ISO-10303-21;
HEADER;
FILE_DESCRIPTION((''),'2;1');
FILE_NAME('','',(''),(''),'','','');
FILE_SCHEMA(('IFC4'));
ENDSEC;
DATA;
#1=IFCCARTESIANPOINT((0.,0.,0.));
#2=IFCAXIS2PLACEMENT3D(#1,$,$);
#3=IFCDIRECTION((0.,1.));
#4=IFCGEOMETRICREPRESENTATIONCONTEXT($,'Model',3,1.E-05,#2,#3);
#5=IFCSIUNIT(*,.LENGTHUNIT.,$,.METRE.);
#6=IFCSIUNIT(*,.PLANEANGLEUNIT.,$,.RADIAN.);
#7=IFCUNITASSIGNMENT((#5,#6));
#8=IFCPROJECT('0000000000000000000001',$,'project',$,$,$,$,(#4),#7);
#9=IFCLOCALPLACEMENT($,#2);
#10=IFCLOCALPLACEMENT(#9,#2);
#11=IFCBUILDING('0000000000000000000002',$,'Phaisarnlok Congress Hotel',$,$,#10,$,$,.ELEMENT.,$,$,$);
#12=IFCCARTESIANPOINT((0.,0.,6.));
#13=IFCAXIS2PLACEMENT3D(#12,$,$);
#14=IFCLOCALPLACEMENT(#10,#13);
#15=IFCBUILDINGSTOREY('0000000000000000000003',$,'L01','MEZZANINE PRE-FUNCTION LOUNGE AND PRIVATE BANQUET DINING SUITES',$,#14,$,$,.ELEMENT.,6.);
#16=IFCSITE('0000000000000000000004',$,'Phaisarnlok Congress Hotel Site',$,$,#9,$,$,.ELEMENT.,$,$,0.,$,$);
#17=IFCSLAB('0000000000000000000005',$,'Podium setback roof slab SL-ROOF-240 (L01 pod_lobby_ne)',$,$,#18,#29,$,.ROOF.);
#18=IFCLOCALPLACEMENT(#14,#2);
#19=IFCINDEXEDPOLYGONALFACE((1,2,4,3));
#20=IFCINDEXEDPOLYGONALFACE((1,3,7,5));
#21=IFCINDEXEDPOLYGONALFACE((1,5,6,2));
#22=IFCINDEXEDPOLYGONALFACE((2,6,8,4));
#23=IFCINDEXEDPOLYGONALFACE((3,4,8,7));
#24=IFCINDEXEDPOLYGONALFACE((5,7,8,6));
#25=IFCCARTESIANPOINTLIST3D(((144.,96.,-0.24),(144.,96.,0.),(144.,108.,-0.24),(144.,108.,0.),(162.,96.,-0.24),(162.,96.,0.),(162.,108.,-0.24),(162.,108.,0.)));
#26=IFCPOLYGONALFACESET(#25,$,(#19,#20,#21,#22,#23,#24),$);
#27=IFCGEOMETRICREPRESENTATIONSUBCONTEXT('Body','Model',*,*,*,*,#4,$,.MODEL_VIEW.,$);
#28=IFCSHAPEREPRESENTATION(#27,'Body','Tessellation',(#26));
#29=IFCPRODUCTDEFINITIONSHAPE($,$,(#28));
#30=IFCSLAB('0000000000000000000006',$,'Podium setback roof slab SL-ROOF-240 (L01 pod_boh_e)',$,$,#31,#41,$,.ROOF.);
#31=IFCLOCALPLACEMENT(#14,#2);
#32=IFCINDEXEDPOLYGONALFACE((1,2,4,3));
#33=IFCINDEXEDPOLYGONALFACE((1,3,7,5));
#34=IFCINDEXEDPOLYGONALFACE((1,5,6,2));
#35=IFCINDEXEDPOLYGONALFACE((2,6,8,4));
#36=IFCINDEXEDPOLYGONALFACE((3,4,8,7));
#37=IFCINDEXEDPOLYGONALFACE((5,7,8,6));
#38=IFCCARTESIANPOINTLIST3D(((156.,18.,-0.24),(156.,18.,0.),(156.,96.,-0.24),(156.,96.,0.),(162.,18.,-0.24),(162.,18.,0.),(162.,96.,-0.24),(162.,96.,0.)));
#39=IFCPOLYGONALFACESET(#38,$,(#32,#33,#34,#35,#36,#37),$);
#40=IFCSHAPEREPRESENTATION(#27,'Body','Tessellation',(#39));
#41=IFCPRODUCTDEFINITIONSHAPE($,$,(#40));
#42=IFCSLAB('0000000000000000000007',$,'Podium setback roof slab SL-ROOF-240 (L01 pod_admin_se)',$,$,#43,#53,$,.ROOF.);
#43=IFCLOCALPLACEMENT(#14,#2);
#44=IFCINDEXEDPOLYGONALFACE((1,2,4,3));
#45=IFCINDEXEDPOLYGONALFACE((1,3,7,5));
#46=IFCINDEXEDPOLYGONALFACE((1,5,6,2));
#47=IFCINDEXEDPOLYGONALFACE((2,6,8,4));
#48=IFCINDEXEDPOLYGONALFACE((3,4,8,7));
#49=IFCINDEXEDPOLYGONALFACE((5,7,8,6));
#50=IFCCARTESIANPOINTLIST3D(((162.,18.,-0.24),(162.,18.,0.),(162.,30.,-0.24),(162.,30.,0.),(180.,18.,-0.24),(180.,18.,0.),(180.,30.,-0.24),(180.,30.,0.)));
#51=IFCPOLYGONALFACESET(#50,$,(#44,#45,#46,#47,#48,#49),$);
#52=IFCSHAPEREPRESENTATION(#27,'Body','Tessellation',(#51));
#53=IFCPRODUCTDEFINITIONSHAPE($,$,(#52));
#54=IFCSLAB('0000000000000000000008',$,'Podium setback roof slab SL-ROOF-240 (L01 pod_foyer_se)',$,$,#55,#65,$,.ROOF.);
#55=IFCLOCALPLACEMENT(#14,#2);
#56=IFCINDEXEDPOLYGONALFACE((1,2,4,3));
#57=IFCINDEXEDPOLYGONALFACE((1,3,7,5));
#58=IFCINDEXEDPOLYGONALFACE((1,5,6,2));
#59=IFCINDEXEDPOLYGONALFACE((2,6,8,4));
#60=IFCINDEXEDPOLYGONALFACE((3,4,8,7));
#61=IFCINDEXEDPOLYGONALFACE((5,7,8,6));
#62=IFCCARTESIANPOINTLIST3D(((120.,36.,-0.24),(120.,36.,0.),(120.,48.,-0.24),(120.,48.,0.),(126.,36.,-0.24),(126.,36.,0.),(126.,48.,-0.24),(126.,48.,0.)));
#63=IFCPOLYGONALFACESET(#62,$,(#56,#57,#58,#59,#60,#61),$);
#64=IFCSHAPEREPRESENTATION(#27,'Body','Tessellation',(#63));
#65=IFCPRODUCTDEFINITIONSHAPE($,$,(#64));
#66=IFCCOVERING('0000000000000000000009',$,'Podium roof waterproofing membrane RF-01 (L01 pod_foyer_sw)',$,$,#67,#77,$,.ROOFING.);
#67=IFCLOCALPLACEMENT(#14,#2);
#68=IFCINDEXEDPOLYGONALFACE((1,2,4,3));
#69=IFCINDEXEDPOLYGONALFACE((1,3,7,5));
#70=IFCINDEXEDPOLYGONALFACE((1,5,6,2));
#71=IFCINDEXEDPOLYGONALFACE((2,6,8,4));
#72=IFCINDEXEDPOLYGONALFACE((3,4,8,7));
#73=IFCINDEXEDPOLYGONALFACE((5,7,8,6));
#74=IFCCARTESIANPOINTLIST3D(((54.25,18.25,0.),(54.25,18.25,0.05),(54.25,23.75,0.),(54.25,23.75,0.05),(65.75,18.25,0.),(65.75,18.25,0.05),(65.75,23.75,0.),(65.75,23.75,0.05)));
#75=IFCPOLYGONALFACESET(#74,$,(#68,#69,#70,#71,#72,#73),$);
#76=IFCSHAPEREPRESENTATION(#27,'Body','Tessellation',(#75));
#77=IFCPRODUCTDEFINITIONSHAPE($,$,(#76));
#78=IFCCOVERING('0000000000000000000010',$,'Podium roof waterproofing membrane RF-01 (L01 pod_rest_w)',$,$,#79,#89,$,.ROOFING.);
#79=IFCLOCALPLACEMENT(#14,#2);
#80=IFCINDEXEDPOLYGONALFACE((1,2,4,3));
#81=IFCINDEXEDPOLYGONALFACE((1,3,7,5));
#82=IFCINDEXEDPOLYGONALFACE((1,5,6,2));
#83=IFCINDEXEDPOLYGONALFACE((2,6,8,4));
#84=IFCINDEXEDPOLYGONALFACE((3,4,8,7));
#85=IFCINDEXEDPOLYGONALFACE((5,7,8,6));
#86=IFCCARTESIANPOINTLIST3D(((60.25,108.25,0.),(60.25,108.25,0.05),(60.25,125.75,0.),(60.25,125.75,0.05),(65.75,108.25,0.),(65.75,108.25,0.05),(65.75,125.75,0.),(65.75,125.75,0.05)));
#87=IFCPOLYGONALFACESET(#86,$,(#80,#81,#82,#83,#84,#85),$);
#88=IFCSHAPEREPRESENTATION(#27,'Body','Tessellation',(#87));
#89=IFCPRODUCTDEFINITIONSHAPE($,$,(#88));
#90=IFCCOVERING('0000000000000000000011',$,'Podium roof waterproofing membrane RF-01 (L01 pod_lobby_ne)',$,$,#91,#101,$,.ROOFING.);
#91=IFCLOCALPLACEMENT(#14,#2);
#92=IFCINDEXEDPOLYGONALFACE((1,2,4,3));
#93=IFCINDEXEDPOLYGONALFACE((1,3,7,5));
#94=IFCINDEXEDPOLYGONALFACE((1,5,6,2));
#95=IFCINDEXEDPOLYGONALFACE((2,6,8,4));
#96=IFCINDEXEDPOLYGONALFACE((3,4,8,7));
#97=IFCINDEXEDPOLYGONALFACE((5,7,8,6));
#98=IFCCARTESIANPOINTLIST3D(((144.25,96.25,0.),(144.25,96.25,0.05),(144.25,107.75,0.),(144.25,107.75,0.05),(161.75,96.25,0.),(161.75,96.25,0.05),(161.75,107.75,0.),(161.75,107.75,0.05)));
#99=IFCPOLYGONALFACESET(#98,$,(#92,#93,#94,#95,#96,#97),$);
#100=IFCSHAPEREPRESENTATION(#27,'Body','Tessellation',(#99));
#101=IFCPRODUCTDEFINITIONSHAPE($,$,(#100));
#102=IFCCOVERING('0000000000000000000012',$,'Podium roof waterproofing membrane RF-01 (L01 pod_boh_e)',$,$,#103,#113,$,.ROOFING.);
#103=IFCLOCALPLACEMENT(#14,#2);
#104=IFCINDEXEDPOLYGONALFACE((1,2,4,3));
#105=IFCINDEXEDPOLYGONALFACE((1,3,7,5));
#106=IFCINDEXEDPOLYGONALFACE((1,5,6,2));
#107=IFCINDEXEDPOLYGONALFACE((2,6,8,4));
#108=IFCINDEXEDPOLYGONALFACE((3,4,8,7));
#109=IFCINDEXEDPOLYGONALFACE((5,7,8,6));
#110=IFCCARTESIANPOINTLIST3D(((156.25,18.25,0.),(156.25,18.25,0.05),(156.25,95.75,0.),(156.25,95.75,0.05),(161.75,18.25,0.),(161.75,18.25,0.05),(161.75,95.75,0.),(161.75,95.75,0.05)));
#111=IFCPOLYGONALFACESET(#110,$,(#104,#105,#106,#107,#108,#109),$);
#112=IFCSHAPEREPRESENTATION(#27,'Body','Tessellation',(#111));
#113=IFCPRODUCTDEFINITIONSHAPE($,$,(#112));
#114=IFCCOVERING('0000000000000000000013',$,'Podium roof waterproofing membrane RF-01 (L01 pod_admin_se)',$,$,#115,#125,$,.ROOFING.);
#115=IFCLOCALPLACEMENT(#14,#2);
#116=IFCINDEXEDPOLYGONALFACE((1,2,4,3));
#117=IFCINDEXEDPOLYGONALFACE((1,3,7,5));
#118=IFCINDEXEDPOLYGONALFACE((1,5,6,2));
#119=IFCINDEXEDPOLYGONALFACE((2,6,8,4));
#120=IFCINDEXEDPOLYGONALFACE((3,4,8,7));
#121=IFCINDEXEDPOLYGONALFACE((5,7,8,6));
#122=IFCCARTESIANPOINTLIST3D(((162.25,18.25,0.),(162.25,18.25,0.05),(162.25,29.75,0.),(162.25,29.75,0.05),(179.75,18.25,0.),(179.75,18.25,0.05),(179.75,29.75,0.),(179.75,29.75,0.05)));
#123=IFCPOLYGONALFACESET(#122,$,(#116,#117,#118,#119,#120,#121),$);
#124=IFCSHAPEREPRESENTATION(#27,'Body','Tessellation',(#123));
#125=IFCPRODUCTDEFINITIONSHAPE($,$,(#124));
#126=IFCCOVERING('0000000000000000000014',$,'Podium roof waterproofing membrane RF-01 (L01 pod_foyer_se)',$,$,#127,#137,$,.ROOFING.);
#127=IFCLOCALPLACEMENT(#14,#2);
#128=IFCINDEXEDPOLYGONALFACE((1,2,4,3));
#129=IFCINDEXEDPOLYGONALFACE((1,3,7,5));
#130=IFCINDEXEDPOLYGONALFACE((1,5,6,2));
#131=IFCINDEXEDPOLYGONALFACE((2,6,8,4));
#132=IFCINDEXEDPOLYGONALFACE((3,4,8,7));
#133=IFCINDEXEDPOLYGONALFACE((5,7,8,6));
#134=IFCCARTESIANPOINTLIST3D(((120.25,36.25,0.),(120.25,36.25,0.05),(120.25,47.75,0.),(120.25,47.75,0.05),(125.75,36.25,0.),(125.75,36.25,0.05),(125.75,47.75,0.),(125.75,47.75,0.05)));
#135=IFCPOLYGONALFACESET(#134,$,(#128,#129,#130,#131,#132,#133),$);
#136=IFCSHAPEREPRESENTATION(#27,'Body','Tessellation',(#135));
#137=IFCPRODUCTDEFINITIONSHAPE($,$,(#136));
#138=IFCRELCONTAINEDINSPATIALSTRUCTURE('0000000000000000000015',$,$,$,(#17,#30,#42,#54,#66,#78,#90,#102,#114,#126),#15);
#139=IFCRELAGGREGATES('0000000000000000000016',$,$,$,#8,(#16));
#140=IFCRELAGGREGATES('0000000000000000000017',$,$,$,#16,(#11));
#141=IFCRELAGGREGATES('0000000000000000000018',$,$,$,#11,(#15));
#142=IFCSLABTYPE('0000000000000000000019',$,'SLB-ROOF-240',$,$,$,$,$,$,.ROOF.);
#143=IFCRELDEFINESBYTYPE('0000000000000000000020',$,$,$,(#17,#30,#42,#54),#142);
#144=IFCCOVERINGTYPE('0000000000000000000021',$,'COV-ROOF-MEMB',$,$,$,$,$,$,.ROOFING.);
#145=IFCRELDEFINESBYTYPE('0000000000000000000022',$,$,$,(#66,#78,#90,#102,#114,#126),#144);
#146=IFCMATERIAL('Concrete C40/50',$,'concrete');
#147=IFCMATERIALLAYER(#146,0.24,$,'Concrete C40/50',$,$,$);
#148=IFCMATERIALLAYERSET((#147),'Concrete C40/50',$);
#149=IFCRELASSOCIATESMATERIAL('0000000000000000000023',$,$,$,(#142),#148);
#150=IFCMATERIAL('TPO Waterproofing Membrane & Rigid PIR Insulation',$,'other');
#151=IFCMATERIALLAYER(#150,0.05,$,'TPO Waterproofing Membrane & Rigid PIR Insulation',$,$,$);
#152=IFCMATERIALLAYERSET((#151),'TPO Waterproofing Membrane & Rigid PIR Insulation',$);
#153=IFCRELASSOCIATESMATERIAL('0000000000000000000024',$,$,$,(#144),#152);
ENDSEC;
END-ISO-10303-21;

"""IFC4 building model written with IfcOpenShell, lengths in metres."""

from ifc_helpers import new_model, si_unit, direction, frame, origin, place, context, subcontext, project, spatial, polyline, outline, extrude, material, layer, layer_set, type_object, element, save


model = new_model("IFC4")

# Units and contexts
model_context = context("Model", 3, precision=1e-05, world=origin(), true_north=direction((0.0, 1.0)))
body_context = subcontext(model_context, "Body", "Model", "MODEL_VIEW")
ifc_project = project(units=[si_unit("LENGTHUNIT", "METRE"), si_unit("PLANEANGLEUNIT", "RADIAN")], contexts=[model_context])

# Site, building, storey
site_placement = place(None, origin())
site = spatial("IfcSite", under=ifc_project, at=site_placement, Name="Phaisarnlok Congress Hotel Site", CompositionType="ELEMENT", RefElevation=0.0)
building_placement = place(site_placement, origin())
building = spatial("IfcBuilding", under=site, at=building_placement, Name="Phaisarnlok Congress Hotel", CompositionType="ELEMENT")
storey_placement = place(building_placement, frame((0.0, 0.0, 6.0)))
storey = spatial("IfcBuildingStorey", under=building, at=storey_placement, Name="L01", Description="MEZZANINE PRE-FUNCTION LOUNGE AND PRIVATE BANQUET DINING SUITES", CompositionType="ELEMENT", Elevation=6.0)

# Shared definitions
ifc_material_1 = material(Name="Concrete C40/50", Category="concrete")

# Slabs
ifc_layer_1 = layer(ifc_material_1, 0.24, Name="Concrete C40/50")
ifc_layer_set_1 = layer_set([ifc_layer_1], Name="Concrete C40/50")
slab_type_1 = type_object("IfcSlabType", Name="SLB-ROOF-240", PredefinedType="ROOF", material=ifc_layer_set_1)
slab_1_placement = place(storey_placement, frame((0.0, 0.0, -0.24)))
element("IfcSlab", 1, at=slab_1_placement, inside=storey, type_object=slab_type_1, Name="Podium setback roof slab SL-ROOF-240 (L01 pod_lobby_ne)", PredefinedType="ROOF", context=body_context, shape_type="SweptSolid", body=[
    extrude(outline(polyline([(144.0, 96.0), (162.0, 96.0), (162.0, 108.0), (144.0, 108.0), (144.0, 96.0)])), origin(), (0.0, 0.0, 1.0), 0.24),
])
slab_2_placement = place(storey_placement, frame((0.0, 0.0, -0.24)))
element("IfcSlab", 2, at=slab_2_placement, inside=storey, type_object=slab_type_1, Name="Podium setback roof slab SL-ROOF-240 (L01 pod_boh_e)", PredefinedType="ROOF", context=body_context, shape_type="SweptSolid", body=[
    extrude(outline(polyline([(156.0, 18.0), (162.0, 18.0), (162.0, 96.0), (156.0, 96.0), (156.0, 18.0)])), origin(), (0.0, 0.0, 1.0), 0.24),
])
slab_3_placement = place(storey_placement, frame((0.0, 0.0, -0.24)))
element("IfcSlab", 3, at=slab_3_placement, inside=storey, type_object=slab_type_1, Name="Podium setback roof slab SL-ROOF-240 (L01 pod_admin_se)", PredefinedType="ROOF", context=body_context, shape_type="SweptSolid", body=[
    extrude(outline(polyline([(162.0, 18.0), (180.0, 18.0), (180.0, 30.0), (162.0, 30.0), (162.0, 18.0)])), origin(), (0.0, 0.0, 1.0), 0.24),
])
slab_4_placement = place(storey_placement, frame((0.0, 0.0, -0.24)))
element("IfcSlab", 4, at=slab_4_placement, inside=storey, type_object=slab_type_1, Name="Podium setback roof slab SL-ROOF-240 (L01 pod_foyer_se)", PredefinedType="ROOF", context=body_context, shape_type="SweptSolid", body=[
    extrude(outline(polyline([(120.0, 36.0), (126.0, 36.0), (126.0, 48.0), (120.0, 48.0), (120.0, 36.0)])), origin(), (0.0, 0.0, 1.0), 0.24),
])

# Coverings
ifc_material_2 = material(Name="TPO Waterproofing Membrane & Rigid PIR Insulation", Category="other")
ifc_layer_2 = layer(ifc_material_2, 0.05, Name="TPO Waterproofing Membrane & Rigid PIR Insulation")
ifc_layer_set_2 = layer_set([ifc_layer_2], Name="TPO Waterproofing Membrane & Rigid PIR Insulation")
covering_type = type_object("IfcCoveringType", Name="COV-ROOF-MEMB", PredefinedType="ROOFING", material=ifc_layer_set_2)
covering_1_placement = place(storey_placement, origin())
element("IfcCovering", 5, at=covering_1_placement, inside=storey, type_object=covering_type, Name="Podium roof waterproofing membrane RF-01 (L01 pod_foyer_sw)", PredefinedType="ROOFING", context=body_context, shape_type="SweptSolid", body=[
    extrude(outline(polyline([(54.25, 18.25), (65.75, 18.25), (65.75, 23.75), (54.25, 23.75), (54.25, 18.25)])), origin(), (0.0, 0.0, 1.0), 0.05),
])
covering_2_placement = place(storey_placement, origin())
element("IfcCovering", 6, at=covering_2_placement, inside=storey, type_object=covering_type, Name="Podium roof waterproofing membrane RF-01 (L01 pod_rest_w)", PredefinedType="ROOFING", context=body_context, shape_type="SweptSolid", body=[
    extrude(outline(polyline([(60.25, 108.25), (65.75, 108.25), (65.75, 125.75), (60.25, 125.75), (60.25, 108.25)])), origin(), (0.0, 0.0, 1.0), 0.05),
])
covering_3_placement = place(storey_placement, origin())
element("IfcCovering", 7, at=covering_3_placement, inside=storey, type_object=covering_type, Name="Podium roof waterproofing membrane RF-01 (L01 pod_lobby_ne)", PredefinedType="ROOFING", context=body_context, shape_type="SweptSolid", body=[
    extrude(outline(polyline([(144.25, 96.25), (161.75, 96.25), (161.75, 107.75), (144.25, 107.75), (144.25, 96.25)])), origin(), (0.0, 0.0, 1.0), 0.05),
])
covering_4_placement = place(storey_placement, origin())
element("IfcCovering", 8, at=covering_4_placement, inside=storey, type_object=covering_type, Name="Podium roof waterproofing membrane RF-01 (L01 pod_boh_e)", PredefinedType="ROOFING", context=body_context, shape_type="SweptSolid", body=[
    extrude(outline(polyline([(156.25, 18.25), (161.75, 18.25), (161.75, 95.75), (156.25, 95.75), (156.25, 18.25)])), origin(), (0.0, 0.0, 1.0), 0.05),
])
covering_5_placement = place(storey_placement, origin())
element("IfcCovering", 9, at=covering_5_placement, inside=storey, type_object=covering_type, Name="Podium roof waterproofing membrane RF-01 (L01 pod_admin_se)", PredefinedType="ROOFING", context=body_context, shape_type="SweptSolid", body=[
    extrude(outline(polyline([(162.25, 18.25), (179.75, 18.25), (179.75, 29.75), (162.25, 29.75), (162.25, 18.25)])), origin(), (0.0, 0.0, 1.0), 0.05),
])
covering_6_placement = place(storey_placement, origin())
element("IfcCovering", 10, at=covering_6_placement, inside=storey, type_object=covering_type, Name="Podium roof waterproofing membrane RF-01 (L01 pod_foyer_se)", PredefinedType="ROOFING", context=body_context, shape_type="SweptSolid", body=[
    extrude(outline(polyline([(120.25, 36.25), (125.75, 36.25), (125.75, 47.75), (120.25, 47.75), (120.25, 36.25)])), origin(), (0.0, 0.0, 1.0), 0.05),
])

save(model, "model.ifc")
